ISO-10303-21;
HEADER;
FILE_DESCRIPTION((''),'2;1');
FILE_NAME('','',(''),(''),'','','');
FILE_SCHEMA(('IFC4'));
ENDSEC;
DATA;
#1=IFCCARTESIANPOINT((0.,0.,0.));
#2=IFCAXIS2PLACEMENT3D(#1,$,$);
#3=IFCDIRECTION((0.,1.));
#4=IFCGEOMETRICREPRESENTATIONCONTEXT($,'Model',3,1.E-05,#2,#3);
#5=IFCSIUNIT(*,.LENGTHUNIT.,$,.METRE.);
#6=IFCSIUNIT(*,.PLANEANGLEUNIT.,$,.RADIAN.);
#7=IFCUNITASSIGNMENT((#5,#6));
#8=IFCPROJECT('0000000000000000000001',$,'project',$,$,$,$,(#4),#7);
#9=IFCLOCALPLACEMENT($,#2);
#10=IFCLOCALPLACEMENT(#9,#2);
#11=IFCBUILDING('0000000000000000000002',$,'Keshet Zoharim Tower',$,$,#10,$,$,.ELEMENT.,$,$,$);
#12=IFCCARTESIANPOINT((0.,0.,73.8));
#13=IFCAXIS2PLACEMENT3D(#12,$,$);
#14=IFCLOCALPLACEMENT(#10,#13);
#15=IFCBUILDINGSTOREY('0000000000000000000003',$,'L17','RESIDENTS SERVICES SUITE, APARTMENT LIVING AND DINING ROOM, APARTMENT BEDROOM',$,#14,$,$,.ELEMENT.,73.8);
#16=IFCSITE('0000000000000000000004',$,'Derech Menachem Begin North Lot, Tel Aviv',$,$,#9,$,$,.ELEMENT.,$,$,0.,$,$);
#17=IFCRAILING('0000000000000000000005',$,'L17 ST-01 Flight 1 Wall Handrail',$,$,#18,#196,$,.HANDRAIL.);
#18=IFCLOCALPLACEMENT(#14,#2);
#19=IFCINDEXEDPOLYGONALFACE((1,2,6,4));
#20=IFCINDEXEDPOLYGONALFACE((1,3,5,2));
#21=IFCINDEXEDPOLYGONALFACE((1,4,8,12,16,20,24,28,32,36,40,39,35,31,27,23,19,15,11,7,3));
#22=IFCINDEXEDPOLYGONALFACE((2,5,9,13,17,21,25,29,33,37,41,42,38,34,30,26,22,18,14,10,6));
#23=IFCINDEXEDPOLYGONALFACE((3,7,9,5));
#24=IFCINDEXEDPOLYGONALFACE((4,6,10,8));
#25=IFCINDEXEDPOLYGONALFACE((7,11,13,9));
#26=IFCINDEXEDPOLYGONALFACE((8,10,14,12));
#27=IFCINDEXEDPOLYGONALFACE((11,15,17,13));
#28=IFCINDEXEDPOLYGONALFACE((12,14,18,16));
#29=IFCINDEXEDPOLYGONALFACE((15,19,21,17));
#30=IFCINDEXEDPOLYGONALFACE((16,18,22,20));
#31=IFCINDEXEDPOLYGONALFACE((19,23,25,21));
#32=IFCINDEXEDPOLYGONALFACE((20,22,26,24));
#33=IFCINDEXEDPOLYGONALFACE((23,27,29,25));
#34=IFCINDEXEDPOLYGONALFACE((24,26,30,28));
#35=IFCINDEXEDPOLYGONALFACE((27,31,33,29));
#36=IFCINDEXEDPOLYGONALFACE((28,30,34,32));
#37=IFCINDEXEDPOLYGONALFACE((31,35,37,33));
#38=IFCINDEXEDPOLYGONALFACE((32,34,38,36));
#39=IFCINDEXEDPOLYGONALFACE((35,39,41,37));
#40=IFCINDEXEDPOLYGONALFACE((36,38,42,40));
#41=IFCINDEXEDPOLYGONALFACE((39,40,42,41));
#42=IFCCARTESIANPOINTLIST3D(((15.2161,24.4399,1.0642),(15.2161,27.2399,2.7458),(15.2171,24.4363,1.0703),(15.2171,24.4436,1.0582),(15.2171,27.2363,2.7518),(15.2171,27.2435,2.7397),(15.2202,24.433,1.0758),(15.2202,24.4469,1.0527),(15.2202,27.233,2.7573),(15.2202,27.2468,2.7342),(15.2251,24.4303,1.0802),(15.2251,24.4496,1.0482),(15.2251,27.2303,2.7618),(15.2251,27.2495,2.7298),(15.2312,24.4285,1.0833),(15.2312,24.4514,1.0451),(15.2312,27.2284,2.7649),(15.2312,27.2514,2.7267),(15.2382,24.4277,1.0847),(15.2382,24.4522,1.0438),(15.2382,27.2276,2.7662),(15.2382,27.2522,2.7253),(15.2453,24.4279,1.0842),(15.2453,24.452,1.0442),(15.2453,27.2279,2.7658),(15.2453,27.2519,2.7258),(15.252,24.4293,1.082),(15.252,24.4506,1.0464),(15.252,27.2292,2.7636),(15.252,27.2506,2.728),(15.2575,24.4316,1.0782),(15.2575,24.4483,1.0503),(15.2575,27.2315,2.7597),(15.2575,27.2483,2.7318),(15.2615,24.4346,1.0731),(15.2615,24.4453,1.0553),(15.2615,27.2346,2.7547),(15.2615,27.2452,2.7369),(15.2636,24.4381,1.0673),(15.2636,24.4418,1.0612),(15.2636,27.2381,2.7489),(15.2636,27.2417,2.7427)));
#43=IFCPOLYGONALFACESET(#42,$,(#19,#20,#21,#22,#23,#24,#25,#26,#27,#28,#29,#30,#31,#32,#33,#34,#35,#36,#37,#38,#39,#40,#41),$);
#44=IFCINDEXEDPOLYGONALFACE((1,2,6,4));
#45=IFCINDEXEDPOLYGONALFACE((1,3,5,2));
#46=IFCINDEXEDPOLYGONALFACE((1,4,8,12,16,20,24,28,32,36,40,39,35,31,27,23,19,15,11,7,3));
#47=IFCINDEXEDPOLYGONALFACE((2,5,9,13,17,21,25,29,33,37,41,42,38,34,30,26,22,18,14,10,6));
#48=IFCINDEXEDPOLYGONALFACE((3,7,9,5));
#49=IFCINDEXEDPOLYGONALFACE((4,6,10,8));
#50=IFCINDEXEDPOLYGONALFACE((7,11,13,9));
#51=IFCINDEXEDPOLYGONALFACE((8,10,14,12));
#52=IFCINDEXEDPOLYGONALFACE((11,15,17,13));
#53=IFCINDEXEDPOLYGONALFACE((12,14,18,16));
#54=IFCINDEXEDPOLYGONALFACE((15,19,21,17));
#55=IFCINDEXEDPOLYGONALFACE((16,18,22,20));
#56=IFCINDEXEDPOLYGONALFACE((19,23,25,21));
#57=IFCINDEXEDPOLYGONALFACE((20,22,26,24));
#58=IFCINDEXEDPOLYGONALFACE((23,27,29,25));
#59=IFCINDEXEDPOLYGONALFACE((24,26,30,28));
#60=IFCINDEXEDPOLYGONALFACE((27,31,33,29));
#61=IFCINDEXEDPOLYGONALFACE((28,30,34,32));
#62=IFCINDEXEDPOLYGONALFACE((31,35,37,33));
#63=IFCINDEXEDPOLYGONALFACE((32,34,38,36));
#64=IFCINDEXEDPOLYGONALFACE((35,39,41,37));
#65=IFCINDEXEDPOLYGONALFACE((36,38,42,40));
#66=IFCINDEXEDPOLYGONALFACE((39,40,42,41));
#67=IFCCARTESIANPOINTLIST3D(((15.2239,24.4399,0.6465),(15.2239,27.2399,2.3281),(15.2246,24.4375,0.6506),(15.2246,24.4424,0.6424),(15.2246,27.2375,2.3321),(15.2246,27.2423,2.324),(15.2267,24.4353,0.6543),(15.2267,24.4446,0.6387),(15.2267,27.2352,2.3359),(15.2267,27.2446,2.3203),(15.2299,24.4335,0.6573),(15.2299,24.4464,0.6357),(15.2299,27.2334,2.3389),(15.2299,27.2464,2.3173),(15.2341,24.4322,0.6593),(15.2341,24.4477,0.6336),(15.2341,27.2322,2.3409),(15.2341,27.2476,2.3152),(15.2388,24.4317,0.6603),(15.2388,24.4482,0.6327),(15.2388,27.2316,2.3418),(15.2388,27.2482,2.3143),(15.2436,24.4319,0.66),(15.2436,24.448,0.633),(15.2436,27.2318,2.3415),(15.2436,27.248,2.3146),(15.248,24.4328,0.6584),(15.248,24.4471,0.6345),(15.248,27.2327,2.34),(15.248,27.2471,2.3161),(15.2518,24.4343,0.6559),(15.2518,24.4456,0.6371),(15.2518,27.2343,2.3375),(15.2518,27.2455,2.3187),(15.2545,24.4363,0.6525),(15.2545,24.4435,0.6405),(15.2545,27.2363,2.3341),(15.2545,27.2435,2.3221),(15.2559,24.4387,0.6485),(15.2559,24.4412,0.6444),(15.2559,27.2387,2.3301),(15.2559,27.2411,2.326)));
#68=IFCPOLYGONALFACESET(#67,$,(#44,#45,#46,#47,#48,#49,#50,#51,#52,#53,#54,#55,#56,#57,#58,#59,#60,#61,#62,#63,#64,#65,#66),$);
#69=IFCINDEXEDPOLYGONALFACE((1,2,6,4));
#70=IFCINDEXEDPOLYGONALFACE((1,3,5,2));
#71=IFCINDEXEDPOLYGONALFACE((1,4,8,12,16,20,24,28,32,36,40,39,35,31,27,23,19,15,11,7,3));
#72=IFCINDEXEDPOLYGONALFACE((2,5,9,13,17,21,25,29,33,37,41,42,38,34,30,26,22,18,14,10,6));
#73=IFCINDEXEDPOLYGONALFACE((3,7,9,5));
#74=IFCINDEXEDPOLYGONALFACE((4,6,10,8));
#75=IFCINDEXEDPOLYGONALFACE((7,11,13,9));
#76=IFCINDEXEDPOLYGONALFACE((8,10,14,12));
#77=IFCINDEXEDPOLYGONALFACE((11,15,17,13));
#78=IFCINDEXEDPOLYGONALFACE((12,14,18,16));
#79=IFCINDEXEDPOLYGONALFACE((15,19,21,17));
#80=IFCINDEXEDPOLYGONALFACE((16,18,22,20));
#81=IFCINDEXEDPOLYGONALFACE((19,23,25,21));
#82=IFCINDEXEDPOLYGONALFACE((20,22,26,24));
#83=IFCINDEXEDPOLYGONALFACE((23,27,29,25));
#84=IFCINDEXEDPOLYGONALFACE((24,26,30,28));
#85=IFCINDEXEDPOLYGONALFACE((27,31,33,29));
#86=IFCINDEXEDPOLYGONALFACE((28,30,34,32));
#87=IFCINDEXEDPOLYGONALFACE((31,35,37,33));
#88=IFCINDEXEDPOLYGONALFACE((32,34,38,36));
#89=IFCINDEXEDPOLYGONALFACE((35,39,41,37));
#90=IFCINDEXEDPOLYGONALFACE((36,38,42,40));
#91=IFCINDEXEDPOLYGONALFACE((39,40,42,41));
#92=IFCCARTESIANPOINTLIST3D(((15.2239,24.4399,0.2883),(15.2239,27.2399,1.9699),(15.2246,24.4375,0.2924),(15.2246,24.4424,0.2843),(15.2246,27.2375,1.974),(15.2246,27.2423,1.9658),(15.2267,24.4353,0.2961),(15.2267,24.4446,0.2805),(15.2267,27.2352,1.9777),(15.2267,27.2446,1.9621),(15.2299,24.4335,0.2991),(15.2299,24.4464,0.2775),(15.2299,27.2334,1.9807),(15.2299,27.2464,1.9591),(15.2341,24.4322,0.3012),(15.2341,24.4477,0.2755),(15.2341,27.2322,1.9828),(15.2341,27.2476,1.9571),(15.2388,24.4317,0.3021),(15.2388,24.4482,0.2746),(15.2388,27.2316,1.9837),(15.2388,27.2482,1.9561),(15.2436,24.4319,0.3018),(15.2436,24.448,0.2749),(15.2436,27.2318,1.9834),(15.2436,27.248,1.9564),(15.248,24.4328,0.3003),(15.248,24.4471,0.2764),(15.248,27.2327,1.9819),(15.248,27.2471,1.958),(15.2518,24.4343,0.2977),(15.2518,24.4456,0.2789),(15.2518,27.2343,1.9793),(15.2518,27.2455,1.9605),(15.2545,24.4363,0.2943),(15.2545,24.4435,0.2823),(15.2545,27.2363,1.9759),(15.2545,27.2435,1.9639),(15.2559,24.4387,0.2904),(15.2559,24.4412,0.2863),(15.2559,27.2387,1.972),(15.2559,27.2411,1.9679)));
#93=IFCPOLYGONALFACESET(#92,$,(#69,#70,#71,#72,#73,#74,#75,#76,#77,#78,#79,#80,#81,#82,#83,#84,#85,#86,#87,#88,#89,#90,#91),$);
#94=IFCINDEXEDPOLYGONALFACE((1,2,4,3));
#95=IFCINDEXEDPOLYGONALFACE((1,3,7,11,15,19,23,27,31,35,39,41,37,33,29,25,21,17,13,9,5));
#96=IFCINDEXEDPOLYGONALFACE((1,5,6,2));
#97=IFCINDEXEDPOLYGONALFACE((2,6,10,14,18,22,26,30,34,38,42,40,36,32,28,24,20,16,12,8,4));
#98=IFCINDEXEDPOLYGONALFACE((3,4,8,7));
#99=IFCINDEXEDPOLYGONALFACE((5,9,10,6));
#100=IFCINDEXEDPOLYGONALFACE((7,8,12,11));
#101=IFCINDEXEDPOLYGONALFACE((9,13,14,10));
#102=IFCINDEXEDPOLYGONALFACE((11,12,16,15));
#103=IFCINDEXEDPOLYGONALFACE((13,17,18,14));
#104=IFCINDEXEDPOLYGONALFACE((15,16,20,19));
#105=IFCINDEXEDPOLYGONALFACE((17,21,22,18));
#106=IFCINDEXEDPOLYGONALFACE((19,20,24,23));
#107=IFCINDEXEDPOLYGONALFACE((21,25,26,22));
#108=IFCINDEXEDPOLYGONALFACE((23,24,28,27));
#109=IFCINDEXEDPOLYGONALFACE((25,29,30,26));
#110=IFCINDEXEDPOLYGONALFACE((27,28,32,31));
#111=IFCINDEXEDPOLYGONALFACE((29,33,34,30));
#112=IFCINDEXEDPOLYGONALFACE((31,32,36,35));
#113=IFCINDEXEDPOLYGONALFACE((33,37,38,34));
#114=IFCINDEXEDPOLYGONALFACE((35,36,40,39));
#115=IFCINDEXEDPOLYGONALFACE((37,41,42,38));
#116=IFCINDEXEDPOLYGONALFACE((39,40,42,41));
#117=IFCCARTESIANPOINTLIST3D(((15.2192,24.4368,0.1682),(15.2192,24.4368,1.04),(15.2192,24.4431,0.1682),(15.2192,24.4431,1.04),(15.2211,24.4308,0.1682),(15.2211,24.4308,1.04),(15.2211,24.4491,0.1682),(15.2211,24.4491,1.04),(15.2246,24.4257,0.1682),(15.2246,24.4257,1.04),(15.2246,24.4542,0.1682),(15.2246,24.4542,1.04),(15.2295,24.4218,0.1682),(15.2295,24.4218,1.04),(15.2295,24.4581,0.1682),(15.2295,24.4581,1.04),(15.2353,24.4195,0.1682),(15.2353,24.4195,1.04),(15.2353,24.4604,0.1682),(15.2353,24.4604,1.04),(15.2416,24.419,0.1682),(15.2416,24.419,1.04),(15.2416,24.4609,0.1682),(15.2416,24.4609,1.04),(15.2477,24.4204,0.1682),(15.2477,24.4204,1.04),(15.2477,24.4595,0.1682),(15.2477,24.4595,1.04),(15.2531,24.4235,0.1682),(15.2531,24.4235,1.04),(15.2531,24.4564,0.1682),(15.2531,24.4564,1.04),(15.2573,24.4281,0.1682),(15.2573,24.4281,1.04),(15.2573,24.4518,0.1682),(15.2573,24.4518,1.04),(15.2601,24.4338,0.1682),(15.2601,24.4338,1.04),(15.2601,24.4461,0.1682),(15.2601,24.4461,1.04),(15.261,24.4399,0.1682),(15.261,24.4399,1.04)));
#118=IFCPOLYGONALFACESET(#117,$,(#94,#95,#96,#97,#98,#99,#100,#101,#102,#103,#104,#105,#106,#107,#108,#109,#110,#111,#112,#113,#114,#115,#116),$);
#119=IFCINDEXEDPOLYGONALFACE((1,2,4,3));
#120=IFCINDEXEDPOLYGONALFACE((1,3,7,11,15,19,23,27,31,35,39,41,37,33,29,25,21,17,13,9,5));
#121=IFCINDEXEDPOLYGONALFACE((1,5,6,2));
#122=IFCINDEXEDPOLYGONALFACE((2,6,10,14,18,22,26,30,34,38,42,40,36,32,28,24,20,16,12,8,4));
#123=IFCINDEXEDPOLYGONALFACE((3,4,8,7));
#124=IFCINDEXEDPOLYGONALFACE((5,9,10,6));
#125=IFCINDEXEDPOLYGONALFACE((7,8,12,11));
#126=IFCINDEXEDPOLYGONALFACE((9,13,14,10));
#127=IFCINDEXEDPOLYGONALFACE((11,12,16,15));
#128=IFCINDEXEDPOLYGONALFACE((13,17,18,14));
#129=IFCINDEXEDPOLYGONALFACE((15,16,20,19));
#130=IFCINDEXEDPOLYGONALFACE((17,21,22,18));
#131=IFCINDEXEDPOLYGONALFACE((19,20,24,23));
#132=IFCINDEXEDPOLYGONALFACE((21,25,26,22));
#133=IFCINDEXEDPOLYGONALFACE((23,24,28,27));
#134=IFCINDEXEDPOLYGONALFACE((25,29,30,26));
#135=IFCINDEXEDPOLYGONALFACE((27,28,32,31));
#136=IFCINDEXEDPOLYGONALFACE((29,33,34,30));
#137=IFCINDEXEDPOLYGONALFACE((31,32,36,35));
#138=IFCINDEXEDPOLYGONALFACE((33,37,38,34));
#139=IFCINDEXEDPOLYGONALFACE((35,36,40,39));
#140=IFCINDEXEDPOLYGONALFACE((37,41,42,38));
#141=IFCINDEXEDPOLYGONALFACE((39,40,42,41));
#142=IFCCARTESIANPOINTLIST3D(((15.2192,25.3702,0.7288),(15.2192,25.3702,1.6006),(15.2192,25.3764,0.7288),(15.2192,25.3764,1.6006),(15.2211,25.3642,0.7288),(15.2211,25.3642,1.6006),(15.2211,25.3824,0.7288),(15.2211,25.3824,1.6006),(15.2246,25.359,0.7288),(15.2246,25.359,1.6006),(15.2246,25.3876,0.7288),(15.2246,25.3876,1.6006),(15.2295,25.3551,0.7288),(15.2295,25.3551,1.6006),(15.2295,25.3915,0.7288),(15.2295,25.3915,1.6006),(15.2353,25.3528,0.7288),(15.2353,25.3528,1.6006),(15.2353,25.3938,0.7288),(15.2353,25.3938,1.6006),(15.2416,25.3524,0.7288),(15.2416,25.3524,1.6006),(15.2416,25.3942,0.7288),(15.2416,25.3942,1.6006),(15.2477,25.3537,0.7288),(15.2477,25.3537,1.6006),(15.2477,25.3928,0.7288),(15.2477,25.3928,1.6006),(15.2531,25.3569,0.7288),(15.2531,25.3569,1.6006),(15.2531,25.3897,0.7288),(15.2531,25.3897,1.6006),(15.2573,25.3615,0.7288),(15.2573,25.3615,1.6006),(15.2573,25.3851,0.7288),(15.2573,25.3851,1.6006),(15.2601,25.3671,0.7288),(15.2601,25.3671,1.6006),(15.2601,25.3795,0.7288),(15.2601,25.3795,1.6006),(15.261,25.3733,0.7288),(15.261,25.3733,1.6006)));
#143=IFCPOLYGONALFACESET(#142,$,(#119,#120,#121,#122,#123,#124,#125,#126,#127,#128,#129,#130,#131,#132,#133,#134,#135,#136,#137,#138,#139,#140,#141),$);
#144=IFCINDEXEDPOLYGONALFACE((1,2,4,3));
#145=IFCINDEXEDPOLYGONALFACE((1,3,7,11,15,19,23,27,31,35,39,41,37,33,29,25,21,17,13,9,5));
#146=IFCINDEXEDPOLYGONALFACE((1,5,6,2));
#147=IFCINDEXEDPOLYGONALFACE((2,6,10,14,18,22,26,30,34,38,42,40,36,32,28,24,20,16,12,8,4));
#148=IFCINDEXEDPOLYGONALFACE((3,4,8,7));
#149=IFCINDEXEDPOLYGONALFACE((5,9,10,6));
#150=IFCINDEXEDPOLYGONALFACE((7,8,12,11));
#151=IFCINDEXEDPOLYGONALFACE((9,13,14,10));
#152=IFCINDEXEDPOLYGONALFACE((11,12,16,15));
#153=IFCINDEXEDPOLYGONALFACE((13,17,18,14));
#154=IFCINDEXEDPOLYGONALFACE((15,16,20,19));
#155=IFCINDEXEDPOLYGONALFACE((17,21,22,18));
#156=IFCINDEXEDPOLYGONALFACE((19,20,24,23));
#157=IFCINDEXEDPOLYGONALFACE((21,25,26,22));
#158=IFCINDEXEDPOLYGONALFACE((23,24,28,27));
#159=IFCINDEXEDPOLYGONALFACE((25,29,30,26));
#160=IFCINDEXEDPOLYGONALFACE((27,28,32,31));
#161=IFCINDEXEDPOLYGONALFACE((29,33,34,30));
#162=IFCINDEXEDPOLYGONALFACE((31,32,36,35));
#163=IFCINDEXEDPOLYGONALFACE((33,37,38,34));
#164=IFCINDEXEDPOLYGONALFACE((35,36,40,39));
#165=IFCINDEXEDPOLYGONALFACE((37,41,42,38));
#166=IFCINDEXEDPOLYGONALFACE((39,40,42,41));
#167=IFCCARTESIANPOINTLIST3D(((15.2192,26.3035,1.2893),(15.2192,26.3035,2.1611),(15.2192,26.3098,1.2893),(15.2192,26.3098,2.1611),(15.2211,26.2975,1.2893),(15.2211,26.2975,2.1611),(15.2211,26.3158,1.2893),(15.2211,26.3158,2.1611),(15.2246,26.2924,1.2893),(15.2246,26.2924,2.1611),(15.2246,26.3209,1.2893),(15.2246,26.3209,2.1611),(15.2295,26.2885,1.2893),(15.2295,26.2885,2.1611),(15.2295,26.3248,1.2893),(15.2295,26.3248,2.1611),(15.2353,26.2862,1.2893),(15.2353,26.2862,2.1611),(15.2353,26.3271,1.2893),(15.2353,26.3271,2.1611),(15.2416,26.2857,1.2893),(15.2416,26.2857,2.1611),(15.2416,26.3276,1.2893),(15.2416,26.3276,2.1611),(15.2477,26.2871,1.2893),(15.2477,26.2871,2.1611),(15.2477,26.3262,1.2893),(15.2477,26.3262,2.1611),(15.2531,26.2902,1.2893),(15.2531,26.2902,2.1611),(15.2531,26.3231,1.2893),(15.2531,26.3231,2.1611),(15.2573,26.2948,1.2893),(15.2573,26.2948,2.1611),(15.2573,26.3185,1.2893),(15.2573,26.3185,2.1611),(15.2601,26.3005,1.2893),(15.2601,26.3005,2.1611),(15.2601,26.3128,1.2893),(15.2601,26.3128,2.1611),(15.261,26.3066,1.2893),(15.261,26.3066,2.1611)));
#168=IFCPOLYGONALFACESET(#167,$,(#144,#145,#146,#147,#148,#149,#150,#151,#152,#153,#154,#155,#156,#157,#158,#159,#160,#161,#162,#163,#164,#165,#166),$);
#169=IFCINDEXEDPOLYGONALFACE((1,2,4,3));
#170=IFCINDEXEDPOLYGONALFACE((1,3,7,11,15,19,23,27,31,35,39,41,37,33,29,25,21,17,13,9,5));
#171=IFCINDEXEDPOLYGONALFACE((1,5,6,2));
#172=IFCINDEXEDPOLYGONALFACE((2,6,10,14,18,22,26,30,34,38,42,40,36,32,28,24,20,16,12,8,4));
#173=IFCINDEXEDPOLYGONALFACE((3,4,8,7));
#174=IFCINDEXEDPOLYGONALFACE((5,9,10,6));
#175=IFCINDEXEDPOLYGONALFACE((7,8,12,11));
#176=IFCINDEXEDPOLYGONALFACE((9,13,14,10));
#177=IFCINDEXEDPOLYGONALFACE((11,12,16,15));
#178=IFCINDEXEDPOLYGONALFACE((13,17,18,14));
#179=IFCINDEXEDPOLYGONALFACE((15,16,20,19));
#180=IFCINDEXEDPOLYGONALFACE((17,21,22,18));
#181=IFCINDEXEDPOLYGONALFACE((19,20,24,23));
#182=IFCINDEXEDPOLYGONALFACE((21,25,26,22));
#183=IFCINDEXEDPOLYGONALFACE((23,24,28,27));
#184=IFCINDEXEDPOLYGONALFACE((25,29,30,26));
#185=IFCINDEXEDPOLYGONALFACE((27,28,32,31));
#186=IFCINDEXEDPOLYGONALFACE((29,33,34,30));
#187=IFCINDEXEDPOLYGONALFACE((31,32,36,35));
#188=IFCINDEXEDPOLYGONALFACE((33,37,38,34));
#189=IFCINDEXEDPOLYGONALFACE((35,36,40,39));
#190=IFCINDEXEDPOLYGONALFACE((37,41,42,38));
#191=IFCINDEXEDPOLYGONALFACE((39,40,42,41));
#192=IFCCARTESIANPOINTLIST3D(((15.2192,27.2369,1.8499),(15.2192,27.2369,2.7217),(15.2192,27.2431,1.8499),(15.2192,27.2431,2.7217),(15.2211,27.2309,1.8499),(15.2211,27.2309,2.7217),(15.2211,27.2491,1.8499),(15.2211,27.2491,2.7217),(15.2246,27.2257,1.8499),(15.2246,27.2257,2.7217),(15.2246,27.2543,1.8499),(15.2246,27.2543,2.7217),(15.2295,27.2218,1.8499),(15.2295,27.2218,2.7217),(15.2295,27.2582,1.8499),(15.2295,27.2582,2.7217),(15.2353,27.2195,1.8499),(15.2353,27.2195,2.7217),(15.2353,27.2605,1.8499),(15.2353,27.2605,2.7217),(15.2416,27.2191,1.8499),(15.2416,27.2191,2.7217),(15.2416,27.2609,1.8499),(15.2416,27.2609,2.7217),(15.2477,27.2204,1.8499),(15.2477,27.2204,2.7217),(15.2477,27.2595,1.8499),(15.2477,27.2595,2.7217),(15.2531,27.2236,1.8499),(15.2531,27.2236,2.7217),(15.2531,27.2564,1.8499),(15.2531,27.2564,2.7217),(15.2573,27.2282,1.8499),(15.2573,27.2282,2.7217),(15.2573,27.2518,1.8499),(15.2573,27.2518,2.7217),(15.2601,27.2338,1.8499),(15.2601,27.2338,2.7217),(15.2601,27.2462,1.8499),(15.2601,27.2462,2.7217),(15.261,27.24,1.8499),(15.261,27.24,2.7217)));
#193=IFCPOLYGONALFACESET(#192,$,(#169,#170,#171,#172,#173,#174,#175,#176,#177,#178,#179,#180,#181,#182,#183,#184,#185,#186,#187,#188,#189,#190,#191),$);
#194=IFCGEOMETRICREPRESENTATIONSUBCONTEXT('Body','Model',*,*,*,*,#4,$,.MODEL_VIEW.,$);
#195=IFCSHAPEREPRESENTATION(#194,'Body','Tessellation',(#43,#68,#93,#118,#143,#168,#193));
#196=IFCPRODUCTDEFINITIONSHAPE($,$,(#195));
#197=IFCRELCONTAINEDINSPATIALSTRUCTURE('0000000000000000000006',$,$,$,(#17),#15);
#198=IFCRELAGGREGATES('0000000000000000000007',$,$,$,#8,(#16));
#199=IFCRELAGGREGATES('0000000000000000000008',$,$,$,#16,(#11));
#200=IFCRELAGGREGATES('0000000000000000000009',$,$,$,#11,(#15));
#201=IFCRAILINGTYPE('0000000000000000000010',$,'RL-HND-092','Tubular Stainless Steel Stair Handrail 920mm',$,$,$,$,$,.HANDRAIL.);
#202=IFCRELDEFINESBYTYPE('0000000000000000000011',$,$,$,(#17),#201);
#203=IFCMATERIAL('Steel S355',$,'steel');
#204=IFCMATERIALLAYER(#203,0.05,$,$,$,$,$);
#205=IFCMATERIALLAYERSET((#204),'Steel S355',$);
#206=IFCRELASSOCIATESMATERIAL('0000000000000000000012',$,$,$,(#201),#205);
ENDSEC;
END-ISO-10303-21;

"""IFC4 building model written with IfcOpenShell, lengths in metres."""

from ifc_helpers import new_model, si_unit, direction, frame, origin, origin_2d, place, context, subcontext, project, spatial, circle, extrude, material, layer, layer_set, type_object, element, save


model = new_model("IFC4")

# Units and contexts
model_context = context("Model", 3, precision=1e-05, world=origin(), true_north=direction((0.0, 1.0)))
body_context = subcontext(model_context, "Body", "Model", "MODEL_VIEW")
ifc_project = project(units=[si_unit("LENGTHUNIT", "METRE"), si_unit("PLANEANGLEUNIT", "RADIAN")], contexts=[model_context])

# Site, building, storey
site_placement = place(None, origin())
site = spatial("IfcSite", under=ifc_project, at=site_placement, Name="Derech Menachem Begin North Lot, Tel Aviv", CompositionType="ELEMENT", RefElevation=0.0)
building_placement = place(site_placement, origin())
building = spatial("IfcBuilding", under=site, at=building_placement, Name="Keshet Zoharim Tower", CompositionType="ELEMENT")
storey_placement = place(building_placement, frame((0.0, 0.0, 73.8)))
storey = spatial("IfcBuildingStorey", under=building, at=storey_placement, Name="L17", Description="RESIDENTS SERVICES SUITE, APARTMENT LIVING AND DINING ROOM, APARTMENT BEDROOM", CompositionType="ELEMENT", Elevation=73.8)

# Railing
ifc_material_1 = material(Name="Steel S355", Category="steel")
ifc_layer_1 = layer(ifc_material_1, 0.05)
ifc_layer_set_1 = layer_set([ifc_layer_1], Name="Steel S355")
railing_type_1 = type_object("IfcRailingType", Name="RL-HND-092", Description="Tubular Stainless Steel Stair Handrail 920mm", PredefinedType="HANDRAIL", material=ifc_layer_set_1)
railing_1_placement = place(storey_placement, frame((15.24, 24.4399, 0.1682)))
element("IfcRailing", 1, at=railing_1_placement, inside=storey, type_object=railing_type_1, Name="L17 ST-01 Flight 1 Wall Handrail", PredefinedType="HANDRAIL", context=body_context, shape_type="SweptSolid", body=[
    extrude(circle(Radius=0.0239, at=origin_2d()), frame((0.0, 0.0, 0.896), z_axis=(0.0, 0.857275, 0.514858), x_axis=(-1.0, 0.0, 0.0)), (0.0, 0.0, 1.0), 3.2661),
    extrude(circle(Radius=0.0161, at=origin_2d()), frame((0.0, 0.0, 0.4783), z_axis=(0.0, 0.857275, 0.514858), x_axis=(-1.0, 0.0, 0.0)), (0.0, 0.0, 1.0), 3.2661),
    extrude(circle(Radius=0.0161, at=origin_2d()), frame((0.0, 0.0, 0.1201), z_axis=(0.0, 0.857275, 0.514858), x_axis=(-1.0, 0.0, 0.0)), (0.0, 0.0, 1.0), 3.2661),
    extrude(circle(Radius=0.021, at=origin_2d()), origin(), (0.0, 0.0, 1.0), 0.8718),
    extrude(circle(Radius=0.021, at=origin_2d()), frame((0.0, 0.9333, 0.5605)), (0.0, 0.0, 1.0), 0.8718),
    extrude(circle(Radius=0.021, at=origin_2d()), frame((0.0, 1.8667, 1.1211)), (0.0, 0.0, 1.0), 0.8718),
    extrude(circle(Radius=0.021, at=origin_2d()), frame((0.0, 2.8, 1.6816)), (0.0, 0.0, 1.0), 0.8718),
])

save(model, "model.ifc")
